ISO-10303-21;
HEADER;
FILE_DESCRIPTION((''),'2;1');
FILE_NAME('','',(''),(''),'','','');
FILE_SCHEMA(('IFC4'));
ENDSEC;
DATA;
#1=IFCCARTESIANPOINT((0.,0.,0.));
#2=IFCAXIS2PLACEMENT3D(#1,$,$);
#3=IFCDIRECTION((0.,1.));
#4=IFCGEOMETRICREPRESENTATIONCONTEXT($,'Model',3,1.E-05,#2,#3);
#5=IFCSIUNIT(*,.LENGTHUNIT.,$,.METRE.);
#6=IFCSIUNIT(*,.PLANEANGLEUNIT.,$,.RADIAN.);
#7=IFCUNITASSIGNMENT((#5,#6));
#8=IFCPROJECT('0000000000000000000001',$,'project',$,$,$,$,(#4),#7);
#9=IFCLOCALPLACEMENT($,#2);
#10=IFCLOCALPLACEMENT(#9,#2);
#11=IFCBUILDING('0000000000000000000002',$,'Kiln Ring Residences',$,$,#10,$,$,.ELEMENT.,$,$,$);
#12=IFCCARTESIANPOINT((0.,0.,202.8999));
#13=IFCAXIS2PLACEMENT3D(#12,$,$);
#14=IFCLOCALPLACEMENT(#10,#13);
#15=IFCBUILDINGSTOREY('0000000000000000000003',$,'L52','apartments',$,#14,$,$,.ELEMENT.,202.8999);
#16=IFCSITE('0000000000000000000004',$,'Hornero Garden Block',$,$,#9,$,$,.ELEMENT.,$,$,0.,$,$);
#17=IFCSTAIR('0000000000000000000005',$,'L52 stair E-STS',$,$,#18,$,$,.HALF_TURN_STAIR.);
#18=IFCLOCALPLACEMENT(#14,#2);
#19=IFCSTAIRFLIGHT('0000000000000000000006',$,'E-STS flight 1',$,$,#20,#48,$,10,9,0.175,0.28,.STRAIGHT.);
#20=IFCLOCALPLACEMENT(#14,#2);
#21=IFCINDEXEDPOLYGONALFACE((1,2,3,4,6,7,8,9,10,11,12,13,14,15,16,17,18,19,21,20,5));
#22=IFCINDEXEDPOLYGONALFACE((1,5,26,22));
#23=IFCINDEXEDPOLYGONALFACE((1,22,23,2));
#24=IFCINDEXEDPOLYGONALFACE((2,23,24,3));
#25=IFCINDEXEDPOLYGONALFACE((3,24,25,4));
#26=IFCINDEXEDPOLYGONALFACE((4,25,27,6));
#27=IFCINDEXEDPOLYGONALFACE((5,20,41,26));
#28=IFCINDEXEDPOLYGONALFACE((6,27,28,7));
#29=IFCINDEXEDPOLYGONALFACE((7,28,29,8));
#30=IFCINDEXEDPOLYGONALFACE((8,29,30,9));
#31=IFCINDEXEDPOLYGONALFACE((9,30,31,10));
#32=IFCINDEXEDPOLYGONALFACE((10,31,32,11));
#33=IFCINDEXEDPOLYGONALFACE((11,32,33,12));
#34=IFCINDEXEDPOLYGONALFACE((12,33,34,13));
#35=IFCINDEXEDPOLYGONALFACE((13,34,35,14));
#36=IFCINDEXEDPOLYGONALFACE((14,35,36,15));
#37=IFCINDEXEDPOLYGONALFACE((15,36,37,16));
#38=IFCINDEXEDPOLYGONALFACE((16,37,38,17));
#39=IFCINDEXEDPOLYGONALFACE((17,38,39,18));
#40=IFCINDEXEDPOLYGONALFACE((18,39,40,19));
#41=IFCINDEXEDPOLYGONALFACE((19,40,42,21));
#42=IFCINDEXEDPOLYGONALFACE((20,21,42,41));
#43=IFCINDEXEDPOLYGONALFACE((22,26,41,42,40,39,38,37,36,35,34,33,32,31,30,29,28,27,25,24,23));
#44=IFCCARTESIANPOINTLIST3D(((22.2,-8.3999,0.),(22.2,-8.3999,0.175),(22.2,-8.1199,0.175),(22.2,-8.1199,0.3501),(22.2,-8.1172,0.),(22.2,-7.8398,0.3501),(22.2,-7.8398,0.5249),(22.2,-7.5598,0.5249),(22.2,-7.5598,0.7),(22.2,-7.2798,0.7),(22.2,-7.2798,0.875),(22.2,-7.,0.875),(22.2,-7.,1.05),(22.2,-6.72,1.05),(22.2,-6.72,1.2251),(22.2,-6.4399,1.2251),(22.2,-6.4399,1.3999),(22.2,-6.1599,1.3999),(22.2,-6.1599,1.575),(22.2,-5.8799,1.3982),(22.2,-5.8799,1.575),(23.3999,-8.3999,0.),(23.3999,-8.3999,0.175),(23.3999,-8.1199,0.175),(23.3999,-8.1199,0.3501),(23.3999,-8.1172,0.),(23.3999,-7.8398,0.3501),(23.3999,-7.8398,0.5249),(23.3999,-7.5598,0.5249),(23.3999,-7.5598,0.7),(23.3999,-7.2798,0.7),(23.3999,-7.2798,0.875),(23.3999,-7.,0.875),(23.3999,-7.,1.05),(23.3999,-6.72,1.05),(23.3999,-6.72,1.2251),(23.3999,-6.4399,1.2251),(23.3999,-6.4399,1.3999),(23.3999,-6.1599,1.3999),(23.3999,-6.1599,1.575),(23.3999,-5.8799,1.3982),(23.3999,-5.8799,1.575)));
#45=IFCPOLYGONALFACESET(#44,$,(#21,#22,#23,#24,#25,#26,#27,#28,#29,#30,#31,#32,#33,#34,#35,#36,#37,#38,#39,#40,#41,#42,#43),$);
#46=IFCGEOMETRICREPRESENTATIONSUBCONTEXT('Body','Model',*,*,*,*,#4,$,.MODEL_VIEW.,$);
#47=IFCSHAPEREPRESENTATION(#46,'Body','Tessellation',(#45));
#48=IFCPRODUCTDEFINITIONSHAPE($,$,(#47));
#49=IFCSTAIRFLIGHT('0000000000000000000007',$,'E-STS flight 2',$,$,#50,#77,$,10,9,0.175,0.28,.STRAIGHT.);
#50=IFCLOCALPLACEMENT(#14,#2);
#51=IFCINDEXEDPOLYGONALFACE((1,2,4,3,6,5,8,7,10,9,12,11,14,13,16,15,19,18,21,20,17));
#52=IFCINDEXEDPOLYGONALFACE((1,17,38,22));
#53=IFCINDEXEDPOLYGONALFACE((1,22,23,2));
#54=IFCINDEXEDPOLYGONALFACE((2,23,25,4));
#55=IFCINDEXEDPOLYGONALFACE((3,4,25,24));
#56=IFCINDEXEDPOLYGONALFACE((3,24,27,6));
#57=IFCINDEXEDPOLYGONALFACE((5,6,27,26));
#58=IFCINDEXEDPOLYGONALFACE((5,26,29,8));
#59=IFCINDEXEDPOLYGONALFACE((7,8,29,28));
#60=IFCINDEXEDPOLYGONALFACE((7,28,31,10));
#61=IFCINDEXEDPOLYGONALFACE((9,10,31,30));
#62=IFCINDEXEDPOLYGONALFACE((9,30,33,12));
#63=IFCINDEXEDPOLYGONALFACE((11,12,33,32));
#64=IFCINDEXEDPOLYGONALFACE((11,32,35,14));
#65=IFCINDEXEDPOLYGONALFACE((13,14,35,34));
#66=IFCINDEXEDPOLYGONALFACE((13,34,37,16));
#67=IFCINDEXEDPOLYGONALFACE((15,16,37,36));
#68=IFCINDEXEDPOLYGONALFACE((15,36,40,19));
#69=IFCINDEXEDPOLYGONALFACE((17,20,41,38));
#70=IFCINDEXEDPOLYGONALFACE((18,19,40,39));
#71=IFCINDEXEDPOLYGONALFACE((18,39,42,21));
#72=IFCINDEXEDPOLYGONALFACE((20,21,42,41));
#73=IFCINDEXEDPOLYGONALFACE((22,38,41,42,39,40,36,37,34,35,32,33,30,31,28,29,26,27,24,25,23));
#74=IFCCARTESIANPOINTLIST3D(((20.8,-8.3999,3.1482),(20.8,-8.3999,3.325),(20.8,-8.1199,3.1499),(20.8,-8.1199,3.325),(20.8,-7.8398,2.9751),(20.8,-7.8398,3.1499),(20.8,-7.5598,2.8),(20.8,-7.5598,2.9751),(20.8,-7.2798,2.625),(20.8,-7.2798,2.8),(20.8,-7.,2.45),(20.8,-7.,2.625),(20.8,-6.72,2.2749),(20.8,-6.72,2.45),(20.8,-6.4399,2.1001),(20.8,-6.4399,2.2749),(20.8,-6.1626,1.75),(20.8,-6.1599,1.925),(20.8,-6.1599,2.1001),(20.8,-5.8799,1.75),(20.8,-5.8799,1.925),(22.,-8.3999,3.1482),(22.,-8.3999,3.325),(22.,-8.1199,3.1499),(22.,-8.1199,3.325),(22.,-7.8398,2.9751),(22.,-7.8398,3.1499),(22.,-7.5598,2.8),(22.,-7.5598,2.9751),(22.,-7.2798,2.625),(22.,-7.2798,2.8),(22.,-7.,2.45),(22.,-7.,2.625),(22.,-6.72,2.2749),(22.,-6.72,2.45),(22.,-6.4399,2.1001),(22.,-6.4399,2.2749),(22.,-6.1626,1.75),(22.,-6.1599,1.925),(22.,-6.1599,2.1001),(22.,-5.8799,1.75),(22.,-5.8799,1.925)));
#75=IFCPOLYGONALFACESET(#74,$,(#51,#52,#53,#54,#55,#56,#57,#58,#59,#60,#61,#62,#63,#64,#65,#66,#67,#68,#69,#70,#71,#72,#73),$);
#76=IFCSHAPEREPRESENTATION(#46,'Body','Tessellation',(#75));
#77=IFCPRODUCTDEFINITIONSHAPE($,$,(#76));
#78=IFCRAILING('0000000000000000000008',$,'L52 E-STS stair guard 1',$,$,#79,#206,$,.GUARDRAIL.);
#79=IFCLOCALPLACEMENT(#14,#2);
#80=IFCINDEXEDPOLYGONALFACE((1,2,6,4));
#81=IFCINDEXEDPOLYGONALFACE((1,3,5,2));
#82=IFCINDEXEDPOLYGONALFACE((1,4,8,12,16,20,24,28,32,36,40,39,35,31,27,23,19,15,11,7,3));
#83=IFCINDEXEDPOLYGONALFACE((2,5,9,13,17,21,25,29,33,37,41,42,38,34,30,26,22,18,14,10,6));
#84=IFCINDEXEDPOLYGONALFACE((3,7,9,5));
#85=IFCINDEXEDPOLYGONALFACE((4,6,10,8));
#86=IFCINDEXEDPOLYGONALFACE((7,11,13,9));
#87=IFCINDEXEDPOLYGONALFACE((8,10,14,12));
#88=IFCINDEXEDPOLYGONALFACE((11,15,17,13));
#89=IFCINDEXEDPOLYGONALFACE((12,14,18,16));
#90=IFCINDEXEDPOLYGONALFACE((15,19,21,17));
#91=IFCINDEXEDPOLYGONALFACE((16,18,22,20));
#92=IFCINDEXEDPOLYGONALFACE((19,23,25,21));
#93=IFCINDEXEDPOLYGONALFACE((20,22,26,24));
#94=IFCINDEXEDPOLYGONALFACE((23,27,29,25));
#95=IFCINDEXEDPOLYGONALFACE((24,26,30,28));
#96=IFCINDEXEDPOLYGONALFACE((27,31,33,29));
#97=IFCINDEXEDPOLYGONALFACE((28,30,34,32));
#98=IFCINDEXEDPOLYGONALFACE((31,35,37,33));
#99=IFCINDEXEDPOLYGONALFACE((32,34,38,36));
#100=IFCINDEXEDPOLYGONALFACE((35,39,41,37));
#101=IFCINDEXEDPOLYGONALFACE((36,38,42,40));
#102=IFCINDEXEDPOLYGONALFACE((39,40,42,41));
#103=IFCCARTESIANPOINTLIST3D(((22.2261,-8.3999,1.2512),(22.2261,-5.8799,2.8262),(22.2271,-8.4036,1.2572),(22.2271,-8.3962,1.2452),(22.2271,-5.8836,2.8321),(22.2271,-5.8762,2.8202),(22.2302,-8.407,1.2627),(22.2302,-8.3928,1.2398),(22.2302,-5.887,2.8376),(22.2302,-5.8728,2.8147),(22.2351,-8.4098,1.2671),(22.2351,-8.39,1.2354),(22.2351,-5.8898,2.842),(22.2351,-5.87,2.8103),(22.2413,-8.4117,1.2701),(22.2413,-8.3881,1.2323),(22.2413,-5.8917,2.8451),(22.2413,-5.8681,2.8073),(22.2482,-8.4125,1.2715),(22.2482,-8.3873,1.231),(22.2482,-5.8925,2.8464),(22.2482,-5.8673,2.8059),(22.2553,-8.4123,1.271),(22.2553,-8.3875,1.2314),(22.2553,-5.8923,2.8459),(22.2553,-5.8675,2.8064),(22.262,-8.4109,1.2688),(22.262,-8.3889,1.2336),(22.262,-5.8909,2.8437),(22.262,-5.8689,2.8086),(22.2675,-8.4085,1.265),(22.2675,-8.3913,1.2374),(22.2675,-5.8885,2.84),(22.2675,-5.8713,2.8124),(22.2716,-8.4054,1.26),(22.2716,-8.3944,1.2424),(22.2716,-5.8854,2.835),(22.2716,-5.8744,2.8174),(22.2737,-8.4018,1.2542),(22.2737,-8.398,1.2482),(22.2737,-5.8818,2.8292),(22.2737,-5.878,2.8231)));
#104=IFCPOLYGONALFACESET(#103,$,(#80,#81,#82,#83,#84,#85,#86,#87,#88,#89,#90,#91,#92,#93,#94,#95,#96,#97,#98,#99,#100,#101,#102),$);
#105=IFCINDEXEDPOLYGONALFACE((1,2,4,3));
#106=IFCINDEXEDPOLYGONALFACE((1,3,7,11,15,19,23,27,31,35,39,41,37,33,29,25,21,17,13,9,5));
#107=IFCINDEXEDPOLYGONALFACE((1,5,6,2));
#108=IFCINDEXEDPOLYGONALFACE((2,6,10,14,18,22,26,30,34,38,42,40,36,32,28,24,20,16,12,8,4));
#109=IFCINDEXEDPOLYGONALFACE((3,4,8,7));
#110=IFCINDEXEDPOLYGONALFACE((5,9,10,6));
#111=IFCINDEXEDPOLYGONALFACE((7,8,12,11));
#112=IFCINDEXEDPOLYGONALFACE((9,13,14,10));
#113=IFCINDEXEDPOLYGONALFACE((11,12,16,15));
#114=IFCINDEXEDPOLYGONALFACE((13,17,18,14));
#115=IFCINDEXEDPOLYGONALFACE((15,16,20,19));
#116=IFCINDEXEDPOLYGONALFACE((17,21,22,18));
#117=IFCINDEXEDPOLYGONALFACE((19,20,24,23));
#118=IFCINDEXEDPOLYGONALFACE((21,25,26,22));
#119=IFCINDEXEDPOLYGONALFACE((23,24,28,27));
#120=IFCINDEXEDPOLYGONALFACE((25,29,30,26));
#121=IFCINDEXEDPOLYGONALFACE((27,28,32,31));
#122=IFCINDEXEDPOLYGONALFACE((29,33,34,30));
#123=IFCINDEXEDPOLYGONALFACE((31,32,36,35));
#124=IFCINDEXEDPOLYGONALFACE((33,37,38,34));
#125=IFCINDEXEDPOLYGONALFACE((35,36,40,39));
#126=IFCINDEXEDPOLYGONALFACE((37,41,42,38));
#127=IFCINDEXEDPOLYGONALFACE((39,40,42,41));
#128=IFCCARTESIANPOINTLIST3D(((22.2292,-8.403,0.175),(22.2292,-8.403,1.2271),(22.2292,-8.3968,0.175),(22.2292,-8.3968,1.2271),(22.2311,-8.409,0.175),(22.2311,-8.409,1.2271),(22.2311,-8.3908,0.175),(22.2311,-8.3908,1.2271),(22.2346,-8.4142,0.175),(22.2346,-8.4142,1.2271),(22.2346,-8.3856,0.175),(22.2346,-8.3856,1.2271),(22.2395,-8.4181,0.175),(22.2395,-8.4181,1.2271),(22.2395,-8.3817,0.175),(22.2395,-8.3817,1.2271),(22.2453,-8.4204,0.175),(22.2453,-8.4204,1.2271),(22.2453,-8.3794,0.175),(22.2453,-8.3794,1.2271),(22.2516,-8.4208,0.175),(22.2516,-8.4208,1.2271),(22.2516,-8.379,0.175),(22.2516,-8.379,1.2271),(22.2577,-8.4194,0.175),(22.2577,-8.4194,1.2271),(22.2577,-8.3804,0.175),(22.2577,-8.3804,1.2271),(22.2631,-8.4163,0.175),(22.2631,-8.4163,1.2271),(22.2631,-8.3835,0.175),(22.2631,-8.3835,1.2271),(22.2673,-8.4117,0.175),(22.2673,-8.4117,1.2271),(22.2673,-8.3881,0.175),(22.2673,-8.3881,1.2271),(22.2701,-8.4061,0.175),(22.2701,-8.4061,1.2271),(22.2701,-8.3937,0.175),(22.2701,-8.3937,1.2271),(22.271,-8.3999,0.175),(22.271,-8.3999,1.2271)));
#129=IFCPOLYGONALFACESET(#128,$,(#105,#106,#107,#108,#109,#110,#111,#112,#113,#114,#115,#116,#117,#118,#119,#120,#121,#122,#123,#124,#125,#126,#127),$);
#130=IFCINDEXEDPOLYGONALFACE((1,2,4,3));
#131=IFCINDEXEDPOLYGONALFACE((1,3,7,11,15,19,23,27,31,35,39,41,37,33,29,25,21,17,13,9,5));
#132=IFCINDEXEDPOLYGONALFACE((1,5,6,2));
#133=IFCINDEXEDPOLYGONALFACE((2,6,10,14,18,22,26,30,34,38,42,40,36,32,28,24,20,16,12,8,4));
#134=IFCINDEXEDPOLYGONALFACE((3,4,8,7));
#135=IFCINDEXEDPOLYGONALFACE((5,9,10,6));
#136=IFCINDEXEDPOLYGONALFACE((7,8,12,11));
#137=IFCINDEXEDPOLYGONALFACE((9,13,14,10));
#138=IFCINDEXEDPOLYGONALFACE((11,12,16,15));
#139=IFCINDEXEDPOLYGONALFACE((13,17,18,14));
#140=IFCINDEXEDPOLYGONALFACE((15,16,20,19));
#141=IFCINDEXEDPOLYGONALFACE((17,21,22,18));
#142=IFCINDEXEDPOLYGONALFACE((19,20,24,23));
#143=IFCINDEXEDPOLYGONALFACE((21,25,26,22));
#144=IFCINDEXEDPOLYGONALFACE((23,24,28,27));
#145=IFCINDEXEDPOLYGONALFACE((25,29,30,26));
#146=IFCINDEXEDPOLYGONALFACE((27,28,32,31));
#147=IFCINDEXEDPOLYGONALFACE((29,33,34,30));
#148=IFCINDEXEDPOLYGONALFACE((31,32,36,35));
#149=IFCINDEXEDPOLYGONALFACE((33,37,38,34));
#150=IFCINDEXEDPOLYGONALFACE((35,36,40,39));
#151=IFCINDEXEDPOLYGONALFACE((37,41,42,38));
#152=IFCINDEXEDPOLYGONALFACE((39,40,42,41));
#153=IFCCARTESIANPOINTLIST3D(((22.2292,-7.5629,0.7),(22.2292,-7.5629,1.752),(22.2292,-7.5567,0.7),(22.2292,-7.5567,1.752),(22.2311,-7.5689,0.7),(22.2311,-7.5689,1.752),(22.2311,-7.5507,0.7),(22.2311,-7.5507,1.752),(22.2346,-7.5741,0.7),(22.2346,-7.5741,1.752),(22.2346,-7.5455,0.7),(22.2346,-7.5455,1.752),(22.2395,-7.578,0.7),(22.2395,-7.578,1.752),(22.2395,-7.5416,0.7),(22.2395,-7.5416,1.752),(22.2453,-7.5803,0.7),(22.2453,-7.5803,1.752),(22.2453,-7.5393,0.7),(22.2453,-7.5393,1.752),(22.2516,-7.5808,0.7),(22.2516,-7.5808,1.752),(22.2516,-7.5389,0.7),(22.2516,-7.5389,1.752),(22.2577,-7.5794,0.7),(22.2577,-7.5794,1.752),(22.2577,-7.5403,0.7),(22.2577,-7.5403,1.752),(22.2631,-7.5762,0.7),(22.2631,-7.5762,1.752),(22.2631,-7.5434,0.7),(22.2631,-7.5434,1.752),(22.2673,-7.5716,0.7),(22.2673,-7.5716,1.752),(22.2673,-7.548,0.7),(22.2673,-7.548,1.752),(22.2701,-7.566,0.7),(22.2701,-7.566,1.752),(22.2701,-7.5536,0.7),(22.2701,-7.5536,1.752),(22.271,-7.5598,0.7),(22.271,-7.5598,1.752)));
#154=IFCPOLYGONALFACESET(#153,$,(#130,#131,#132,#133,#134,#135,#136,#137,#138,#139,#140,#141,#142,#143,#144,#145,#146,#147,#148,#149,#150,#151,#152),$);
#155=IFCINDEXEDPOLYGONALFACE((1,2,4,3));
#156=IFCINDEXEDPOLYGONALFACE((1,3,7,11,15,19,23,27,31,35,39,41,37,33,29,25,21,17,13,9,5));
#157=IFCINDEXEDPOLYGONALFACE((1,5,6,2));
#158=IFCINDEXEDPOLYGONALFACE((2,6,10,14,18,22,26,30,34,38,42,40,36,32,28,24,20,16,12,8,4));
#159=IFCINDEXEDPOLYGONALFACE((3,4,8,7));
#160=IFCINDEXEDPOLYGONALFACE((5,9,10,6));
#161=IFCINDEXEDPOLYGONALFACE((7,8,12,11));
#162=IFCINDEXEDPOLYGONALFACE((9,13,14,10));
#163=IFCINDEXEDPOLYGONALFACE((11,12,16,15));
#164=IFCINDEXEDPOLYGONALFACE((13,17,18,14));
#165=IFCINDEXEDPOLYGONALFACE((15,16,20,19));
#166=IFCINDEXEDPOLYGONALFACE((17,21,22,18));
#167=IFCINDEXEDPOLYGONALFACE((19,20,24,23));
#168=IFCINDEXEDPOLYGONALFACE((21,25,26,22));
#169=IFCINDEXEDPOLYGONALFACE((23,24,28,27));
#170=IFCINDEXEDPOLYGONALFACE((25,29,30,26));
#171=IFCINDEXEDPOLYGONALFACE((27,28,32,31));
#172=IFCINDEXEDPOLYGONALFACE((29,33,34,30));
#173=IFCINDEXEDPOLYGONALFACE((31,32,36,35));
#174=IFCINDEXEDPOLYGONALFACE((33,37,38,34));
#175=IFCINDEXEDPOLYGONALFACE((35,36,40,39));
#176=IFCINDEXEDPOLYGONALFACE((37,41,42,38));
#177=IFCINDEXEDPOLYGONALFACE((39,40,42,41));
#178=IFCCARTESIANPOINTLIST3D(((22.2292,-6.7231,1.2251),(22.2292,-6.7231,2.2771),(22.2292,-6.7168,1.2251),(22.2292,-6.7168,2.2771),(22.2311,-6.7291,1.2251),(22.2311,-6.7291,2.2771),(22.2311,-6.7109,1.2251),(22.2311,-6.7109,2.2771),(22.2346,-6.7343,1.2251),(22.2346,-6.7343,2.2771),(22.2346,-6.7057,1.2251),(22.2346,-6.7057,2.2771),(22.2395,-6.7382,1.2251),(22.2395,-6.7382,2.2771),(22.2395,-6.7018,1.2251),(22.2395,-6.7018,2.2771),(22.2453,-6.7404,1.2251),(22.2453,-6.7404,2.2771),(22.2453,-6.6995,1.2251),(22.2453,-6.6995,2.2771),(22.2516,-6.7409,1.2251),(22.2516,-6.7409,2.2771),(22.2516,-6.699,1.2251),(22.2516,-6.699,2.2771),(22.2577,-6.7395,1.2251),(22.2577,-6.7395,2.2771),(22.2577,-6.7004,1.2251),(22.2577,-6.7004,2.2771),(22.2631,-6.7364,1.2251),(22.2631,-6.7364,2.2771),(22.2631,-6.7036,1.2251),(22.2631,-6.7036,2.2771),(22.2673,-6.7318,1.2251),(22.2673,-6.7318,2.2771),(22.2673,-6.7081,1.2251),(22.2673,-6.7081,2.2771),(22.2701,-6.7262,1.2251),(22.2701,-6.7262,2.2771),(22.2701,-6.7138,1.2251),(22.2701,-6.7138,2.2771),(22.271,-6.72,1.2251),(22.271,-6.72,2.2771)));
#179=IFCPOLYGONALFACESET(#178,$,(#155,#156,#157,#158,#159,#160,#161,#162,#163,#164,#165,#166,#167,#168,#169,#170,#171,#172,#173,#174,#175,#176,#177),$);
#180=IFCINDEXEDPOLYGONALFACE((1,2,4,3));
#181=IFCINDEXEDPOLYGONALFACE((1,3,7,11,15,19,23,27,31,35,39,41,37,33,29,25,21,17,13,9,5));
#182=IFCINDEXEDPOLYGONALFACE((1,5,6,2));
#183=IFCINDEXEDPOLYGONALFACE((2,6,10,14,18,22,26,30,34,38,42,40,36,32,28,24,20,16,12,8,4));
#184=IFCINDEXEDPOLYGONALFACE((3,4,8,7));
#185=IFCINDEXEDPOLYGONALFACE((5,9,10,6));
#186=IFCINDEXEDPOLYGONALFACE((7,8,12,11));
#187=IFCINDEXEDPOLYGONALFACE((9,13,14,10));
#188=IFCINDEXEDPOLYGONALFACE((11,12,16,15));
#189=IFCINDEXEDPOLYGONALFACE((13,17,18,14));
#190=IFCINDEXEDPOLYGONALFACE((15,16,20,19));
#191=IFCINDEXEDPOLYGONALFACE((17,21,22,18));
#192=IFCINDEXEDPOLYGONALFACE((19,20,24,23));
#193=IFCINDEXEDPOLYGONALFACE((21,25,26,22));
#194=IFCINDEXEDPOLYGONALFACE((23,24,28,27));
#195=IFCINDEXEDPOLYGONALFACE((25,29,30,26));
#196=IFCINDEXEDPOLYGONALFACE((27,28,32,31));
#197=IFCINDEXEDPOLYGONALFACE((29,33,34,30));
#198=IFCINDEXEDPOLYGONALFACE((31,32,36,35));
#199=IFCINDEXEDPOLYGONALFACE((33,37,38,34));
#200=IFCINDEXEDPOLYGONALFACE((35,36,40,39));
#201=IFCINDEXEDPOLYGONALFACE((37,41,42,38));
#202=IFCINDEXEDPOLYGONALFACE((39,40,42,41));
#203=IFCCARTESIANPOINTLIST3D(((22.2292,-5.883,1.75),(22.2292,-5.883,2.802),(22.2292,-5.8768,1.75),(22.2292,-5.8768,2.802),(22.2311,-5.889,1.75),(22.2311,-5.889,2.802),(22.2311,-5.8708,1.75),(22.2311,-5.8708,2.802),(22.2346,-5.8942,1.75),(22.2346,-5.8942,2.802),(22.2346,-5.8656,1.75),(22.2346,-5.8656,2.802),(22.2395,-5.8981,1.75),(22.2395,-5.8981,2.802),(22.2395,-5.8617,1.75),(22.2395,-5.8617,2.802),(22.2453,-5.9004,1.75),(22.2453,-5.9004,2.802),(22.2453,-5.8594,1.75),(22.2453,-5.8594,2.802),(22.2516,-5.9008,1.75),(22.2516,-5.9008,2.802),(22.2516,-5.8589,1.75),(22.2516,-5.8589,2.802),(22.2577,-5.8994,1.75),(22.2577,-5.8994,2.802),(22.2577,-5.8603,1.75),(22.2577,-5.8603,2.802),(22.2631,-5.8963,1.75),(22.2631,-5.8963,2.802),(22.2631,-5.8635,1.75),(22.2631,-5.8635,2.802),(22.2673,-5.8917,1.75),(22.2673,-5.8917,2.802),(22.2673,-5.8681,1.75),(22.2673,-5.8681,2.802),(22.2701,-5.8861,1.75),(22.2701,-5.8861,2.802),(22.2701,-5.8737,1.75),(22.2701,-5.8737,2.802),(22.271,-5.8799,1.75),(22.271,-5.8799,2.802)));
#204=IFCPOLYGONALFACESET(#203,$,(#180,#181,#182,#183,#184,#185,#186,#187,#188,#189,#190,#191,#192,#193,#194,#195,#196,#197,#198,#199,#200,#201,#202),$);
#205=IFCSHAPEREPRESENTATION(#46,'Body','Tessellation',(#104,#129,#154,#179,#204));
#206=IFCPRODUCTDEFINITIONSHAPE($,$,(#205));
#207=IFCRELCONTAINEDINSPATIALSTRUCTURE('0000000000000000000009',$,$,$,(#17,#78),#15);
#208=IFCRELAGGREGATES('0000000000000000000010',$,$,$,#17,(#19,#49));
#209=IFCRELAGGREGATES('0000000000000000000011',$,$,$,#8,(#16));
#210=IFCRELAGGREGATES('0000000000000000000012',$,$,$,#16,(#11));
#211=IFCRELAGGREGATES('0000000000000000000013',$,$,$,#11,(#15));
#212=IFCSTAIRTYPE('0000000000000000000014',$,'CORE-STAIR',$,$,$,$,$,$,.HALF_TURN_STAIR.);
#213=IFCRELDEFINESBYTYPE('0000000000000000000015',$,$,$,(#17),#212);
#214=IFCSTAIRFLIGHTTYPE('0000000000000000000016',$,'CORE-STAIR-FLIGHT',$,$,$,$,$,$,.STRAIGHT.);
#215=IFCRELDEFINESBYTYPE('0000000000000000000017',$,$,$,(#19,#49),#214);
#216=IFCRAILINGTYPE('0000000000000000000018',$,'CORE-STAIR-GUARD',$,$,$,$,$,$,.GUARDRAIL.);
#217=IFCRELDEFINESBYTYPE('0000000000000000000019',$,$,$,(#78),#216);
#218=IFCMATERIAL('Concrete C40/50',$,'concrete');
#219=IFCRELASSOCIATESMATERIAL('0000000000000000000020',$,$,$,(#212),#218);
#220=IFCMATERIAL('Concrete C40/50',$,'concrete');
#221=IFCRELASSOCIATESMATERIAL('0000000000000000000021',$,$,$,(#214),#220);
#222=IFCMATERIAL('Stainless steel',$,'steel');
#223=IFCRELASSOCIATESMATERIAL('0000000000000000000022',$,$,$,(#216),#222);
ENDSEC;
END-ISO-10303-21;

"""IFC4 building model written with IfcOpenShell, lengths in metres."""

from ifc_helpers import new_model, si_unit, direction, frame, origin, origin_2d, place, context, subcontext, project, spatial, polyline, circle, outline, extrude, material, type_object, element, aggregate, save


model = new_model("IFC4")

# Units and contexts
model_context = context("Model", 3, precision=1e-05, world=origin(), true_north=direction((0.0, 1.0)))
body_context = subcontext(model_context, "Body", "Model", "MODEL_VIEW")
ifc_project = project(units=[si_unit("LENGTHUNIT", "METRE"), si_unit("PLANEANGLEUNIT", "RADIAN")], contexts=[model_context])

# Site, building, storey
site_placement = place(None, origin())
site = spatial("IfcSite", under=ifc_project, at=site_placement, Name="Hornero Garden Block", CompositionType="ELEMENT", RefElevation=0.0)
building_placement = place(site_placement, origin())
building = spatial("IfcBuilding", under=site, at=building_placement, Name="Kiln Ring Residences", CompositionType="ELEMENT")
storey_placement = place(building_placement, frame((0.0, 0.0, 202.8999)))
storey = spatial("IfcBuildingStorey", under=building, at=storey_placement, Name="L52", Description="apartments", CompositionType="ELEMENT", Elevation=202.8999)

# Stair, stair flights
ifc_material_1 = material(Name="Concrete C40/50", Category="concrete")
stair_type = type_object("IfcStairType", Name="CORE-STAIR", PredefinedType="HALF_TURN_STAIR", material=ifc_material_1)
stair_placement = place(storey_placement, origin())
stair = element("IfcStair", 1, at=stair_placement, inside=storey, type_object=stair_type, Name="L52 stair E-STS", PredefinedType="HALF_TURN_STAIR")
ifc_material_2 = material(Name="Concrete C40/50", Category="concrete")
stair_flight_type = type_object("IfcStairFlightType", Name="CORE-STAIR-FLIGHT", PredefinedType="STRAIGHT", material=ifc_material_2)
stair_flight_1_placement = place(storey_placement, frame((22.8, -8.3999, 0.0), z_axis=(0.0, 0.0, 1.0), x_axis=(0.0, 1.0, 0.0)))
stair_flight_1 = element("IfcStairFlight", 2, at=stair_flight_1_placement, type_object=stair_flight_type, Name="E-STS flight 1", NumberOfRisers=10, NumberOfTreads=9, PredefinedType="STRAIGHT", RiserHeight=0.175, TreadLength=0.28, context=body_context, shape_type="SweptSolid", body=[
    extrude(outline(polyline([(0.0, 0.0), (0.0, 0.175), (0.28, 0.175), (0.28, 0.3501), (0.5601, 0.3501), (0.5601, 0.5249), (0.8401, 0.5249), (0.8401, 0.7), (1.1201, 0.7), (1.1201, 0.875), (1.3999, 0.875), (1.3999, 1.05), (1.6799, 1.05), (1.6799, 1.2251), (1.96, 1.2251), (1.96, 1.3999), (2.24, 1.3999), (2.24, 1.575), (2.52, 1.575), (2.52, 1.75), (2.52, 1.3982), (0.2827, 0.0), (0.0, 0.0)])), frame((0.0, 0.6001, 0.0), z_axis=(0.0, -1.0, 0.0), x_axis=(1.0, 0.0, 0.0)), (0.0, 0.0, 1.0), 1.2),
])
stair_flight_2_placement = place(storey_placement, frame((21.3999, -5.8799, 1.75), z_axis=(0.0, 0.0, 1.0), x_axis=(0.0, -1.0, 0.0)))
stair_flight_2 = element("IfcStairFlight", 3, at=stair_flight_2_placement, type_object=stair_flight_type, Name="E-STS flight 2", NumberOfRisers=10, NumberOfTreads=9, PredefinedType="STRAIGHT", RiserHeight=0.175, TreadLength=0.28, context=body_context, shape_type="SweptSolid", body=[
    extrude(outline(polyline([(0.0, 0.0), (0.0, 0.175), (0.28, 0.175), (0.28, 0.3501), (0.5601, 0.3501), (0.5601, 0.5249), (0.8401, 0.5249), (0.8401, 0.7), (1.1201, 0.7), (1.1201, 0.875), (1.3999, 0.875), (1.3999, 1.05), (1.6799, 1.05), (1.6799, 1.2251), (1.96, 1.2251), (1.96, 1.3999), (2.24, 1.3999), (2.24, 1.575), (2.52, 1.575), (2.52, 1.75), (2.52, 1.3982), (0.2827, 0.0), (0.0, 0.0)])), frame((0.0, 0.6001, 0.0), z_axis=(0.0, -1.0, 0.0), x_axis=(1.0, 0.0, 0.0)), (0.0, 0.0, 1.0), 1.2),
])
aggregate(stair, [stair_flight_1, stair_flight_2])

# Railing
ifc_material_3 = material(Name="Stainless steel", Category="steel")
railing_type_1 = type_object("IfcRailingType", Name="CORE-STAIR-GUARD", PredefinedType="GUARDRAIL", material=ifc_material_3)
railing_1_placement = place(storey_placement, frame((22.25, -8.3999, 0.175)))
element("IfcRailing", 4, at=railing_1_placement, inside=storey, type_object=railing_type_1, Name="L52 E-STS stair guard 1", PredefinedType="GUARDRAIL", context=body_context, shape_type="SweptSolid", body=[
    extrude(circle(Radius=0.0239, at=origin_2d()), frame((0.0, 0.0, 1.0762), z_axis=(0.0, 0.848008, 0.529984), x_axis=(-1.0, 0.0, 0.0)), (0.0, 0.0, 1.0), 2.9717),
    extrude(circle(Radius=0.021, at=origin_2d()), origin(), (0.0, 0.0, 1.0), 1.052),
    extrude(circle(Radius=0.021, at=origin_2d()), frame((0.0, 0.8401, 0.5249)), (0.0, 0.0, 1.0), 1.052),
    extrude(circle(Radius=0.021, at=origin_2d()), frame((0.0, 1.6799, 1.05)), (0.0, 0.0, 1.0), 1.052),
    extrude(circle(Radius=0.021, at=origin_2d()), frame((0.0, 2.52, 1.575)), (0.0, 0.0, 1.0), 1.052),
])

save(model, "model.ifc")
